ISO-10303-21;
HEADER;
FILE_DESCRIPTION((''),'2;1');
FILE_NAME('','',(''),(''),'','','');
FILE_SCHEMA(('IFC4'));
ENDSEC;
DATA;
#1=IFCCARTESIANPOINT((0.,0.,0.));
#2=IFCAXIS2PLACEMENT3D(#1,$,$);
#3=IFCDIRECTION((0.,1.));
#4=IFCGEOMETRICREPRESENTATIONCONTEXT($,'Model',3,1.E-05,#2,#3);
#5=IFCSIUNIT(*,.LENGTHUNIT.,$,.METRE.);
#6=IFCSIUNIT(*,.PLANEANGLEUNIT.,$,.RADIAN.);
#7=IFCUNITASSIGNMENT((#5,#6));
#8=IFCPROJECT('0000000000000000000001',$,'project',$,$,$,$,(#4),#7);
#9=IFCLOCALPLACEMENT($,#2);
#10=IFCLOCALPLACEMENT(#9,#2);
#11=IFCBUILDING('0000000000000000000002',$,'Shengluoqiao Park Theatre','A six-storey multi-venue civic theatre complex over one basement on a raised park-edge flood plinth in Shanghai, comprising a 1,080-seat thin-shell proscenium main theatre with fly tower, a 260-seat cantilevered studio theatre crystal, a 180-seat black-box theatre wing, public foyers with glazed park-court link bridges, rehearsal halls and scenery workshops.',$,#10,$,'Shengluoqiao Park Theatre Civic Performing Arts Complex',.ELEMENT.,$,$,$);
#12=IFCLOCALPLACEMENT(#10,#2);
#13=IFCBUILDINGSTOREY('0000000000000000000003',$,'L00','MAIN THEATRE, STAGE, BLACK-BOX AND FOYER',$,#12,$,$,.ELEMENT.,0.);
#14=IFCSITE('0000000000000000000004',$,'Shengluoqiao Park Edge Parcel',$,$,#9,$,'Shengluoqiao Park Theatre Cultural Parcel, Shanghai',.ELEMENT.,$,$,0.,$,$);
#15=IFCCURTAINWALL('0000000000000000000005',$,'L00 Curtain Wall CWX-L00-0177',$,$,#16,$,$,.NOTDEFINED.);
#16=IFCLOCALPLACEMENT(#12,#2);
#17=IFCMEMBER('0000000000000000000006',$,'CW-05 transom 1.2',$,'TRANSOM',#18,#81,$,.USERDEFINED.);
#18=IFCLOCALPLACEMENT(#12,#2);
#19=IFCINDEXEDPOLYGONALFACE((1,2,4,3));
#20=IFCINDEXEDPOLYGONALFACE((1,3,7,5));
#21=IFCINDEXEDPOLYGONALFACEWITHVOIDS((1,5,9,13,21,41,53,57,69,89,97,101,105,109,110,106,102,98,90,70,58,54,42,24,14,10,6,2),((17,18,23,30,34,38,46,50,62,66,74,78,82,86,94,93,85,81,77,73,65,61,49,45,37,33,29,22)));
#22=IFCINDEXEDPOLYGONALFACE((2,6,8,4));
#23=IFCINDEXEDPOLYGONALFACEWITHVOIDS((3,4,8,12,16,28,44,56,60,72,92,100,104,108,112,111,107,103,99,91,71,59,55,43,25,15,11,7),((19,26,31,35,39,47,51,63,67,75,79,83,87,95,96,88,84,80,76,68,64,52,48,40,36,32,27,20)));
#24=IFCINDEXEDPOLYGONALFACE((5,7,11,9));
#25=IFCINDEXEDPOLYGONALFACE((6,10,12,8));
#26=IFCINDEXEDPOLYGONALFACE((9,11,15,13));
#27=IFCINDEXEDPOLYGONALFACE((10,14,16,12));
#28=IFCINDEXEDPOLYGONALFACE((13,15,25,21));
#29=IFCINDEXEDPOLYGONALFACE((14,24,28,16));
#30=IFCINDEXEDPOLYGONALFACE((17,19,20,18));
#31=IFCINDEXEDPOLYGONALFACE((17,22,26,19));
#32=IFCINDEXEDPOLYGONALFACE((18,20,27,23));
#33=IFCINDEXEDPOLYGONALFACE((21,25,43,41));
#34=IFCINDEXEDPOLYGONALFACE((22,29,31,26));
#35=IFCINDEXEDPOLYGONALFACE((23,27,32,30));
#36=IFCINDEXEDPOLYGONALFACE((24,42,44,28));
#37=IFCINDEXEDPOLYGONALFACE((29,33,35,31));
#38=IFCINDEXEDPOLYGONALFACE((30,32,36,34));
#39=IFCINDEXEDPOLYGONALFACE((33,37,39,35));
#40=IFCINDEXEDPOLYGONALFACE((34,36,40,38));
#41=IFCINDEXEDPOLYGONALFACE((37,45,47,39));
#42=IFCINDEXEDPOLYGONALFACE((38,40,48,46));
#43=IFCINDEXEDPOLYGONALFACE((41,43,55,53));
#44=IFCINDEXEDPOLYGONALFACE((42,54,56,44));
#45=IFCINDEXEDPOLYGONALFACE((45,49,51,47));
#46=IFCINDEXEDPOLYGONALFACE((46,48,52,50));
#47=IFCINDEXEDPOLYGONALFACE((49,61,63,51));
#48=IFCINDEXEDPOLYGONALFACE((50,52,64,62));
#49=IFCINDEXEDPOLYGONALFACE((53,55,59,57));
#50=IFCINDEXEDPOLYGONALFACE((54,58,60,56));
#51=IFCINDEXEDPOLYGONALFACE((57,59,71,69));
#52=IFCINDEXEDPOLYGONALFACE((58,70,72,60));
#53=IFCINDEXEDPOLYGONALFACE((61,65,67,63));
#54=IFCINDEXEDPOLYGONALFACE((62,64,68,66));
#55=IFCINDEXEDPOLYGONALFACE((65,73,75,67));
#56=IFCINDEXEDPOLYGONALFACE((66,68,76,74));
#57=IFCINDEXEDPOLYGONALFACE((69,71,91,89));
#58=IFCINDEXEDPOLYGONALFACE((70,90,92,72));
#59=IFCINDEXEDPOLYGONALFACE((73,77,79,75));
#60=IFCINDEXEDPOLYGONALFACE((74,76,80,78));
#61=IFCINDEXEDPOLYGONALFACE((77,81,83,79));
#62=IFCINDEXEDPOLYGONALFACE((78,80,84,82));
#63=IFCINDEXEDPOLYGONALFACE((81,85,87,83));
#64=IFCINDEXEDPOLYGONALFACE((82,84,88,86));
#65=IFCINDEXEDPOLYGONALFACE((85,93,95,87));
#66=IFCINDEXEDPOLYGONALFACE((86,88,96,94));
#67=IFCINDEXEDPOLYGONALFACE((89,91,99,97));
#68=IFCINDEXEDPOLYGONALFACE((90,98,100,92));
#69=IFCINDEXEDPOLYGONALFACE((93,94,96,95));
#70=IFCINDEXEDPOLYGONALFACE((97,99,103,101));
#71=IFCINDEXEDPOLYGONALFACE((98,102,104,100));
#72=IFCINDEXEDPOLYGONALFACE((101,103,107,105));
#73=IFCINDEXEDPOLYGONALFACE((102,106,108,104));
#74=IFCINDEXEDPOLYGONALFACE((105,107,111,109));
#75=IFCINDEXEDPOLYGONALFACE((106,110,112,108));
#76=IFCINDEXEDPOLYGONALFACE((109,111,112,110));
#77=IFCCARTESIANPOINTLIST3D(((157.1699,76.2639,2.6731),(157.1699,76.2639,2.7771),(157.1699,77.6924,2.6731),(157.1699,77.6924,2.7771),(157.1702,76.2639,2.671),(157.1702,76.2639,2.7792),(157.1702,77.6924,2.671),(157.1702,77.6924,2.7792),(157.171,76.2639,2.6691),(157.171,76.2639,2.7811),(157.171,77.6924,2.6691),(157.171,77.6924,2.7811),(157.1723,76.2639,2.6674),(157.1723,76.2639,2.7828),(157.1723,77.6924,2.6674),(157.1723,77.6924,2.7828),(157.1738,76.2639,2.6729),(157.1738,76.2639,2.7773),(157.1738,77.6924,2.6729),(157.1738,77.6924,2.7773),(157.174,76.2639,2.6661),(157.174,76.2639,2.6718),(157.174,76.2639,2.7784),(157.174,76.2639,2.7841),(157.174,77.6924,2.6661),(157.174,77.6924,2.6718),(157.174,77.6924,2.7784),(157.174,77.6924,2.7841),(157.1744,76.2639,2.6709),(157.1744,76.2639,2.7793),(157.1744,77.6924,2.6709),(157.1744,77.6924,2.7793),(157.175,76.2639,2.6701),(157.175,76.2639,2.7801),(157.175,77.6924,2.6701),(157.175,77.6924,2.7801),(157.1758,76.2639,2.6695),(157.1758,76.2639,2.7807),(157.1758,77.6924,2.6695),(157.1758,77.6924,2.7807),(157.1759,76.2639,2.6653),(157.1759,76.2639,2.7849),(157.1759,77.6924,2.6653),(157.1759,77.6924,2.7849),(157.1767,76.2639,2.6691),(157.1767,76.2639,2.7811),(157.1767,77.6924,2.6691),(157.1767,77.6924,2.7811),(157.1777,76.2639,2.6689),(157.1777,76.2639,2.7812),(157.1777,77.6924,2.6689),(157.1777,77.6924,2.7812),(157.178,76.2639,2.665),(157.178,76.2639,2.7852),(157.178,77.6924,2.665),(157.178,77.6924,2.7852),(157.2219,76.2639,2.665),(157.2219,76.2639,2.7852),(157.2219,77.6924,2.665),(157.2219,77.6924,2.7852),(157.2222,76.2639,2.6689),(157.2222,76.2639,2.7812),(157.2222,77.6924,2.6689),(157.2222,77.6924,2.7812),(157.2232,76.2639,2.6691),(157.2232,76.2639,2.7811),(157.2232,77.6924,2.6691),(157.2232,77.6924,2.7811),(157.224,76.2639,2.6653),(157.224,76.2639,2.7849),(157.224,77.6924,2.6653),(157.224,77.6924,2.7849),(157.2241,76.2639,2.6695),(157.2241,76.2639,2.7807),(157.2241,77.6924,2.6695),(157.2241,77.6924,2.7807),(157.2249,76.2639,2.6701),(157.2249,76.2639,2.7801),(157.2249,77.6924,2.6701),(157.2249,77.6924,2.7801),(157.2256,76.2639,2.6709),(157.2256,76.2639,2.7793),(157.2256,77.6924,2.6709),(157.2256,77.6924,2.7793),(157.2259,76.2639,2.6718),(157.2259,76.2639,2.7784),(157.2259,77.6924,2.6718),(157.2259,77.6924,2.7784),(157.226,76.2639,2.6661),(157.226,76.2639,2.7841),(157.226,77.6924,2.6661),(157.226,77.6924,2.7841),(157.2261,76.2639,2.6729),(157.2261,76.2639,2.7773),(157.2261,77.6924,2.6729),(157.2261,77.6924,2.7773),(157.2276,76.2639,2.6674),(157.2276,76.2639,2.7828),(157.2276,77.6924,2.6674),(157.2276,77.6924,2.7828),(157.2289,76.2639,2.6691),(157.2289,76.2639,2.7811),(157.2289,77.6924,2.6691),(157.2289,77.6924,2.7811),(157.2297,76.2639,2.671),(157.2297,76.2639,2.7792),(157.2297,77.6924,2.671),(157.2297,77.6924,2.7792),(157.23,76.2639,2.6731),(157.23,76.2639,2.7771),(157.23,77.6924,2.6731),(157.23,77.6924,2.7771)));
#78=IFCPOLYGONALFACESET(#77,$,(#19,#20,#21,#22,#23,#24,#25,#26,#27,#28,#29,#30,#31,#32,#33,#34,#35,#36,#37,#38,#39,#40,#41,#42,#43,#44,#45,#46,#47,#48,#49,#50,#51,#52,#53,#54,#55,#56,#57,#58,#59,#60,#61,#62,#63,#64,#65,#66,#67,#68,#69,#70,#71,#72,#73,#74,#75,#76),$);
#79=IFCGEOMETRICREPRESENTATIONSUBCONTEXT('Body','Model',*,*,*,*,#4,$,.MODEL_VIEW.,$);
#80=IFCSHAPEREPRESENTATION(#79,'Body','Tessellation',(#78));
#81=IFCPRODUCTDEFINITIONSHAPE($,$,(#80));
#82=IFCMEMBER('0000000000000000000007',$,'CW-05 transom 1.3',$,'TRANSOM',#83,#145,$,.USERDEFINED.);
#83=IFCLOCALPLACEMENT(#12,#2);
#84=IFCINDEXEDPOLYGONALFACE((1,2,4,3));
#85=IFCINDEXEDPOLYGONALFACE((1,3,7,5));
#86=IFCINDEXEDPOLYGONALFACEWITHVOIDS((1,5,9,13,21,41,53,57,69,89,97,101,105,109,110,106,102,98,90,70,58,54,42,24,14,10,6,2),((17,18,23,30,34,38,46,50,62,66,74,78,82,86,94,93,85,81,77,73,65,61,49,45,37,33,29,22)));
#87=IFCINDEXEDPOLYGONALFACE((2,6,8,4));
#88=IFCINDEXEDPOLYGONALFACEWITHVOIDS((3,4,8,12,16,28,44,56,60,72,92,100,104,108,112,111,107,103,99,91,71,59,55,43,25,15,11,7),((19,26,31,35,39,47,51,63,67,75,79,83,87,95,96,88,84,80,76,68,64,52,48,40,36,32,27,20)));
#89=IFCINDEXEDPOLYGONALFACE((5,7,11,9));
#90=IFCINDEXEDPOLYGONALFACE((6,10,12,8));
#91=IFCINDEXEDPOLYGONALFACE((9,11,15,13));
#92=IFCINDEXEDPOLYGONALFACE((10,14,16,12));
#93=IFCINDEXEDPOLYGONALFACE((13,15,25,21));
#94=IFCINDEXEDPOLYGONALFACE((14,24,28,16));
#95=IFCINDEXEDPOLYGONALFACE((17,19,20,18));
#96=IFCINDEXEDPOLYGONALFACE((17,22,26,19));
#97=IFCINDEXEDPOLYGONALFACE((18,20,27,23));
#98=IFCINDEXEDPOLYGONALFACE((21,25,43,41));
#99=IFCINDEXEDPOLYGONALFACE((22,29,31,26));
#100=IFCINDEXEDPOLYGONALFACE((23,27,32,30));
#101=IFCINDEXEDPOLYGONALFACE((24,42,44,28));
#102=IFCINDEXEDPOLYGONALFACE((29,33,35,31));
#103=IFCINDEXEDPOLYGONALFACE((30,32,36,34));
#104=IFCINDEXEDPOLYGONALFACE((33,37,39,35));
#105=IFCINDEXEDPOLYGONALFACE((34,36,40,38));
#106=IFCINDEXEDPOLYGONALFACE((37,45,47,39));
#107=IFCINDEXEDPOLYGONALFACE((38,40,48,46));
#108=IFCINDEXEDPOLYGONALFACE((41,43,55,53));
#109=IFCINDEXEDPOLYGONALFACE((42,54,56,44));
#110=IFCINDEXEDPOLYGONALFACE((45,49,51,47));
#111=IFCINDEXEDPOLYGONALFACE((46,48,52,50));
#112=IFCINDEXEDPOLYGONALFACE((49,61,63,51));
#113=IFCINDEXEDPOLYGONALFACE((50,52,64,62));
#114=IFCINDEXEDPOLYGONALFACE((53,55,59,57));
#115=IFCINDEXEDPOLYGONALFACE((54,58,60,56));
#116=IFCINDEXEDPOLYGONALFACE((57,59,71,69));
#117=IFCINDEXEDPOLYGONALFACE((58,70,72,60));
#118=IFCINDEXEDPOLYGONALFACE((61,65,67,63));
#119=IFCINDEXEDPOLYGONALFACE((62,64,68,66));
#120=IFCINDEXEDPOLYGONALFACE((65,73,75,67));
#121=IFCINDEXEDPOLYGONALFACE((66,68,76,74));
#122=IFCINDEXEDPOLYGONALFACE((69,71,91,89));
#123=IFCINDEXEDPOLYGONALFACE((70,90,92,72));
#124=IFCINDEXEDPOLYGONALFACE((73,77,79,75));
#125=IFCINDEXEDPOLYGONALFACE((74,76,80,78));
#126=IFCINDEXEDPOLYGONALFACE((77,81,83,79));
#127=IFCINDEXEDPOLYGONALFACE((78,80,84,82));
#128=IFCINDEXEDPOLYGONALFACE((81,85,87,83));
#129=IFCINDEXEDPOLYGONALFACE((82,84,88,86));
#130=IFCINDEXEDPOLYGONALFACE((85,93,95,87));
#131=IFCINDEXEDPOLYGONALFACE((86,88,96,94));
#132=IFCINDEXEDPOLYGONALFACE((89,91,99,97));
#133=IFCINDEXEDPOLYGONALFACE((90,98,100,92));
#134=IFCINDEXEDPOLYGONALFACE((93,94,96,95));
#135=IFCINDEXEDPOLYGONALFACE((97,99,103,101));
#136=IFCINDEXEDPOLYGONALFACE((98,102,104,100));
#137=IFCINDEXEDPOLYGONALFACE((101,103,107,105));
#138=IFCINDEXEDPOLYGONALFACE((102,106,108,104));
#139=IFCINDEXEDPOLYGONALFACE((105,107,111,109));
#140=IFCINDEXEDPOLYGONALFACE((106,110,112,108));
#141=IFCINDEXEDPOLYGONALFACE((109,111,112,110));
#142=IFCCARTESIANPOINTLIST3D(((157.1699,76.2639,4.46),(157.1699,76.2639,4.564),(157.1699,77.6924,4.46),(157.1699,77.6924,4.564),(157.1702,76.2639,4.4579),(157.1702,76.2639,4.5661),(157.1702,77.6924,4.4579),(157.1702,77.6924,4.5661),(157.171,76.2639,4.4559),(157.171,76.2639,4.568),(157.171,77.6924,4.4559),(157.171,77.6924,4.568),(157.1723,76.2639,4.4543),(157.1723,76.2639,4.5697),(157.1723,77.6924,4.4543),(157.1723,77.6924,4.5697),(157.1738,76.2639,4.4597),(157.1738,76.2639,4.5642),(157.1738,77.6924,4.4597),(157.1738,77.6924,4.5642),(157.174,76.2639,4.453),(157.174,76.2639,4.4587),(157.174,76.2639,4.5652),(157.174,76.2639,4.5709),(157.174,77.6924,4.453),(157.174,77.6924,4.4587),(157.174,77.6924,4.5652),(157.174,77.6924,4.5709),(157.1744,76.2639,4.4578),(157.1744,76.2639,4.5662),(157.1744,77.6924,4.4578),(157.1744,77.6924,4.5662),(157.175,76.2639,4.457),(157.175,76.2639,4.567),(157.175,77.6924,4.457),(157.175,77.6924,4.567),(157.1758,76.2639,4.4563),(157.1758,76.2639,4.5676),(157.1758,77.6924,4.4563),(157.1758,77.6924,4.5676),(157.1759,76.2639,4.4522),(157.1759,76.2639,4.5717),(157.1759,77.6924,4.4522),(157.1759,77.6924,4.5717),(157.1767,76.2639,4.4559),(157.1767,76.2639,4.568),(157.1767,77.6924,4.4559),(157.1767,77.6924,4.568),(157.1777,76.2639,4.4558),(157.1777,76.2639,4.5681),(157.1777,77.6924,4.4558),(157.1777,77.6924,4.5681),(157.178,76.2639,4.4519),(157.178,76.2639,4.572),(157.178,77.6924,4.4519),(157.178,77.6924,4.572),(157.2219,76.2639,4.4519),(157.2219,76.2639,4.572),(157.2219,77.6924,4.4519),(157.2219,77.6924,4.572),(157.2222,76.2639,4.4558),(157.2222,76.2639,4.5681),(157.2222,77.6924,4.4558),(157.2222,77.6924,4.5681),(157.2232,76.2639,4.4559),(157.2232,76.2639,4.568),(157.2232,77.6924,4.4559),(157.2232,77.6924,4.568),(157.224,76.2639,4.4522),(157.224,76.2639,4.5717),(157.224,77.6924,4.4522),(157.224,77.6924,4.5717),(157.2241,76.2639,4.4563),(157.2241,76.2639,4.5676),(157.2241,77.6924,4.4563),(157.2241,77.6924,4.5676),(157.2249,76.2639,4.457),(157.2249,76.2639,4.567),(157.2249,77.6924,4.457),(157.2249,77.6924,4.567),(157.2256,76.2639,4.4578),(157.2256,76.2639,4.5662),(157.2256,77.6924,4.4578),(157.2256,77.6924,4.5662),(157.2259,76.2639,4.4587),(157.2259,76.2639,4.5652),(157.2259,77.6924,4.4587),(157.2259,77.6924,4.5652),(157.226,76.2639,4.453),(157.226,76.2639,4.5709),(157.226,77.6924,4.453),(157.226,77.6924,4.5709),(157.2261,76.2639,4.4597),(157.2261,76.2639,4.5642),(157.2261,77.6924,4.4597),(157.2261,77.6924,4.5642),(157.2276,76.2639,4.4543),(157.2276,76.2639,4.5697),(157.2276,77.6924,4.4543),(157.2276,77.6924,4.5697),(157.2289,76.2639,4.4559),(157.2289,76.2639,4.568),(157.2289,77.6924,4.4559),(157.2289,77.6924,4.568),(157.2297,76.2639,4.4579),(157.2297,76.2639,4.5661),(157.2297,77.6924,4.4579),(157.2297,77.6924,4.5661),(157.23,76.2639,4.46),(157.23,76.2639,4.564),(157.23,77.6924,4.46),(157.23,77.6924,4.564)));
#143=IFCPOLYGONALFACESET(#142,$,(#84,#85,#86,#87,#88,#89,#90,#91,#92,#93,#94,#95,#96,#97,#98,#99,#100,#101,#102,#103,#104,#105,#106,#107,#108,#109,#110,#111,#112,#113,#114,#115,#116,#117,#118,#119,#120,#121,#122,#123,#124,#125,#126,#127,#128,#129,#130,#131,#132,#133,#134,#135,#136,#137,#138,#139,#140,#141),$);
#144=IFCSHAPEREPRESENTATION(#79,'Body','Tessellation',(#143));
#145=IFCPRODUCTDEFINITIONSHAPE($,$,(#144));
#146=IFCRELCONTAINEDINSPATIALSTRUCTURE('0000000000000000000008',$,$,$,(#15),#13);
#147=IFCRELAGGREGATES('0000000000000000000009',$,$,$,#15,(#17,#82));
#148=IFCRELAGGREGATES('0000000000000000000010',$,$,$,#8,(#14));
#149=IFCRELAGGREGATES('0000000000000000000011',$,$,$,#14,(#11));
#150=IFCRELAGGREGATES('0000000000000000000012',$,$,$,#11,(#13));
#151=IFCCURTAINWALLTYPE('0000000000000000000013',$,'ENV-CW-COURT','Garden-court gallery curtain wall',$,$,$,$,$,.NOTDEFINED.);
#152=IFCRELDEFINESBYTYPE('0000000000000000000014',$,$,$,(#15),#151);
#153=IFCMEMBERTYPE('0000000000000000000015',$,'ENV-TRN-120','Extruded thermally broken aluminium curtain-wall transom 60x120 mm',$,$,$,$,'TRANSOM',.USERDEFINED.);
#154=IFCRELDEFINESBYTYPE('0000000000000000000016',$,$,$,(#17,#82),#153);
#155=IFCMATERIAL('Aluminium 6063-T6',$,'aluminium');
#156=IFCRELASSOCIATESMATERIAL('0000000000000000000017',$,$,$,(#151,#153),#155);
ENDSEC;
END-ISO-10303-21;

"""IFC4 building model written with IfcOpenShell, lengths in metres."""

from ifc_helpers import new_model, si_unit, direction, frame, origin, origin_2d, place, context, subcontext, project, spatial, hollow_rectangle, extrude, material, material_profile, profile_set, type_object, element, aggregate, save


model = new_model("IFC4")

# Units and contexts
model_context = context("Model", 3, precision=1e-05, world=origin(), true_north=direction((0.0, 1.0)))
body_context = subcontext(model_context, "Body", "Model", "MODEL_VIEW")
ifc_project = project(units=[si_unit("LENGTHUNIT", "METRE"), si_unit("PLANEANGLEUNIT", "RADIAN")], contexts=[model_context])

# Site, building, storey
site_placement = place(None, origin())
site = spatial("IfcSite", under=ifc_project, at=site_placement, Name="Shengluoqiao Park Edge Parcel", LongName="Shengluoqiao Park Theatre Cultural Parcel, Shanghai", CompositionType="ELEMENT", RefElevation=0.0)
building_placement = place(site_placement, origin())
building = spatial("IfcBuilding", under=site, at=building_placement, Name="Shengluoqiao Park Theatre", Description="A six-storey multi-venue civic theatre complex over one basement on a raised park-edge flood plinth in Shanghai, comprising a 1,080-seat thin-shell proscenium main theatre with fly tower, a 260-seat cantilevered studio theatre crystal, a 180-seat black-box theatre wing, public foyers with glazed park-court link bridges, rehearsal halls and scenery workshops.", LongName="Shengluoqiao Park Theatre Civic Performing Arts Complex", CompositionType="ELEMENT")
storey_placement = place(building_placement, origin())
storey = spatial("IfcBuildingStorey", under=building, at=storey_placement, Name="L00", Description="MAIN THEATRE, STAGE, BLACK-BOX AND FOYER", CompositionType="ELEMENT", Elevation=0.0)

# Curtain wall, members
ifc_material_1 = material(Name="Aluminium 6063-T6", Category="aluminium")
curtain_wall_type = type_object("IfcCurtainWallType", Name="ENV-CW-COURT", Description="Garden-court gallery curtain wall", PredefinedType="NOTDEFINED", material=ifc_material_1)
curtain_wall_placement = place(storey_placement, origin())
curtain_wall = element("IfcCurtainWall", 1, at=curtain_wall_placement, inside=storey, type_object=curtain_wall_type, Name="L00 Curtain Wall CWX-L00-0177", PredefinedType="NOTDEFINED")
ifc_material_profile_1 = material_profile(ifc_material_1, hollow_rectangle(XDim=0.0601, YDim=0.1201, WallThickness=0.0039, InnerFilletRadius=0.0039, OuterFilletRadius=0.0081, at=origin_2d()), Name="ALU TRANSOM 120x60x4")
ifc_profile_set_1 = profile_set([ifc_material_profile_1], Name="Aluminium 6063-T6")
member_type_1 = type_object("IfcMemberType", Name="ENV-TRN-120", Description="Extruded thermally broken aluminium curtain-wall transom 60x120 mm", ElementType="TRANSOM", PredefinedType="USERDEFINED", material=ifc_profile_set_1)
member_1_placement = place(storey_placement, frame((157.2, 76.2639, 2.7251), z_axis=(0.0, 1.0, 0.0), x_axis=(-1.0, 0.0, 0.0)))
member_1 = element("IfcMember", 2, at=member_1_placement, type_object=member_type_1, Name="CW-05 transom 1.2", ObjectType="TRANSOM", PredefinedType="USERDEFINED", context=body_context, shape_type="SweptSolid", body=[
    extrude(hollow_rectangle(XDim=0.0601, YDim=0.1201, WallThickness=0.0039, InnerFilletRadius=0.0039, OuterFilletRadius=0.0081, at=origin_2d()), origin(), (0.0, 0.0, 1.0), 1.4285),
])
member_2_placement = place(storey_placement, frame((157.2, 76.2639, 4.512), z_axis=(0.0, 1.0, 0.0), x_axis=(-1.0, 0.0, 0.0)))
member_2 = element("IfcMember", 3, at=member_2_placement, type_object=member_type_1, Name="CW-05 transom 1.3", ObjectType="TRANSOM", PredefinedType="USERDEFINED", context=body_context, shape_type="SweptSolid", body=[
    extrude(hollow_rectangle(XDim=0.0601, YDim=0.1201, WallThickness=0.0039, InnerFilletRadius=0.0039, OuterFilletRadius=0.0081, at=origin_2d()), origin(), (0.0, 0.0, 1.0), 1.4285),
])
aggregate(curtain_wall, [member_1, member_2])

save(model, "model.ifc")
